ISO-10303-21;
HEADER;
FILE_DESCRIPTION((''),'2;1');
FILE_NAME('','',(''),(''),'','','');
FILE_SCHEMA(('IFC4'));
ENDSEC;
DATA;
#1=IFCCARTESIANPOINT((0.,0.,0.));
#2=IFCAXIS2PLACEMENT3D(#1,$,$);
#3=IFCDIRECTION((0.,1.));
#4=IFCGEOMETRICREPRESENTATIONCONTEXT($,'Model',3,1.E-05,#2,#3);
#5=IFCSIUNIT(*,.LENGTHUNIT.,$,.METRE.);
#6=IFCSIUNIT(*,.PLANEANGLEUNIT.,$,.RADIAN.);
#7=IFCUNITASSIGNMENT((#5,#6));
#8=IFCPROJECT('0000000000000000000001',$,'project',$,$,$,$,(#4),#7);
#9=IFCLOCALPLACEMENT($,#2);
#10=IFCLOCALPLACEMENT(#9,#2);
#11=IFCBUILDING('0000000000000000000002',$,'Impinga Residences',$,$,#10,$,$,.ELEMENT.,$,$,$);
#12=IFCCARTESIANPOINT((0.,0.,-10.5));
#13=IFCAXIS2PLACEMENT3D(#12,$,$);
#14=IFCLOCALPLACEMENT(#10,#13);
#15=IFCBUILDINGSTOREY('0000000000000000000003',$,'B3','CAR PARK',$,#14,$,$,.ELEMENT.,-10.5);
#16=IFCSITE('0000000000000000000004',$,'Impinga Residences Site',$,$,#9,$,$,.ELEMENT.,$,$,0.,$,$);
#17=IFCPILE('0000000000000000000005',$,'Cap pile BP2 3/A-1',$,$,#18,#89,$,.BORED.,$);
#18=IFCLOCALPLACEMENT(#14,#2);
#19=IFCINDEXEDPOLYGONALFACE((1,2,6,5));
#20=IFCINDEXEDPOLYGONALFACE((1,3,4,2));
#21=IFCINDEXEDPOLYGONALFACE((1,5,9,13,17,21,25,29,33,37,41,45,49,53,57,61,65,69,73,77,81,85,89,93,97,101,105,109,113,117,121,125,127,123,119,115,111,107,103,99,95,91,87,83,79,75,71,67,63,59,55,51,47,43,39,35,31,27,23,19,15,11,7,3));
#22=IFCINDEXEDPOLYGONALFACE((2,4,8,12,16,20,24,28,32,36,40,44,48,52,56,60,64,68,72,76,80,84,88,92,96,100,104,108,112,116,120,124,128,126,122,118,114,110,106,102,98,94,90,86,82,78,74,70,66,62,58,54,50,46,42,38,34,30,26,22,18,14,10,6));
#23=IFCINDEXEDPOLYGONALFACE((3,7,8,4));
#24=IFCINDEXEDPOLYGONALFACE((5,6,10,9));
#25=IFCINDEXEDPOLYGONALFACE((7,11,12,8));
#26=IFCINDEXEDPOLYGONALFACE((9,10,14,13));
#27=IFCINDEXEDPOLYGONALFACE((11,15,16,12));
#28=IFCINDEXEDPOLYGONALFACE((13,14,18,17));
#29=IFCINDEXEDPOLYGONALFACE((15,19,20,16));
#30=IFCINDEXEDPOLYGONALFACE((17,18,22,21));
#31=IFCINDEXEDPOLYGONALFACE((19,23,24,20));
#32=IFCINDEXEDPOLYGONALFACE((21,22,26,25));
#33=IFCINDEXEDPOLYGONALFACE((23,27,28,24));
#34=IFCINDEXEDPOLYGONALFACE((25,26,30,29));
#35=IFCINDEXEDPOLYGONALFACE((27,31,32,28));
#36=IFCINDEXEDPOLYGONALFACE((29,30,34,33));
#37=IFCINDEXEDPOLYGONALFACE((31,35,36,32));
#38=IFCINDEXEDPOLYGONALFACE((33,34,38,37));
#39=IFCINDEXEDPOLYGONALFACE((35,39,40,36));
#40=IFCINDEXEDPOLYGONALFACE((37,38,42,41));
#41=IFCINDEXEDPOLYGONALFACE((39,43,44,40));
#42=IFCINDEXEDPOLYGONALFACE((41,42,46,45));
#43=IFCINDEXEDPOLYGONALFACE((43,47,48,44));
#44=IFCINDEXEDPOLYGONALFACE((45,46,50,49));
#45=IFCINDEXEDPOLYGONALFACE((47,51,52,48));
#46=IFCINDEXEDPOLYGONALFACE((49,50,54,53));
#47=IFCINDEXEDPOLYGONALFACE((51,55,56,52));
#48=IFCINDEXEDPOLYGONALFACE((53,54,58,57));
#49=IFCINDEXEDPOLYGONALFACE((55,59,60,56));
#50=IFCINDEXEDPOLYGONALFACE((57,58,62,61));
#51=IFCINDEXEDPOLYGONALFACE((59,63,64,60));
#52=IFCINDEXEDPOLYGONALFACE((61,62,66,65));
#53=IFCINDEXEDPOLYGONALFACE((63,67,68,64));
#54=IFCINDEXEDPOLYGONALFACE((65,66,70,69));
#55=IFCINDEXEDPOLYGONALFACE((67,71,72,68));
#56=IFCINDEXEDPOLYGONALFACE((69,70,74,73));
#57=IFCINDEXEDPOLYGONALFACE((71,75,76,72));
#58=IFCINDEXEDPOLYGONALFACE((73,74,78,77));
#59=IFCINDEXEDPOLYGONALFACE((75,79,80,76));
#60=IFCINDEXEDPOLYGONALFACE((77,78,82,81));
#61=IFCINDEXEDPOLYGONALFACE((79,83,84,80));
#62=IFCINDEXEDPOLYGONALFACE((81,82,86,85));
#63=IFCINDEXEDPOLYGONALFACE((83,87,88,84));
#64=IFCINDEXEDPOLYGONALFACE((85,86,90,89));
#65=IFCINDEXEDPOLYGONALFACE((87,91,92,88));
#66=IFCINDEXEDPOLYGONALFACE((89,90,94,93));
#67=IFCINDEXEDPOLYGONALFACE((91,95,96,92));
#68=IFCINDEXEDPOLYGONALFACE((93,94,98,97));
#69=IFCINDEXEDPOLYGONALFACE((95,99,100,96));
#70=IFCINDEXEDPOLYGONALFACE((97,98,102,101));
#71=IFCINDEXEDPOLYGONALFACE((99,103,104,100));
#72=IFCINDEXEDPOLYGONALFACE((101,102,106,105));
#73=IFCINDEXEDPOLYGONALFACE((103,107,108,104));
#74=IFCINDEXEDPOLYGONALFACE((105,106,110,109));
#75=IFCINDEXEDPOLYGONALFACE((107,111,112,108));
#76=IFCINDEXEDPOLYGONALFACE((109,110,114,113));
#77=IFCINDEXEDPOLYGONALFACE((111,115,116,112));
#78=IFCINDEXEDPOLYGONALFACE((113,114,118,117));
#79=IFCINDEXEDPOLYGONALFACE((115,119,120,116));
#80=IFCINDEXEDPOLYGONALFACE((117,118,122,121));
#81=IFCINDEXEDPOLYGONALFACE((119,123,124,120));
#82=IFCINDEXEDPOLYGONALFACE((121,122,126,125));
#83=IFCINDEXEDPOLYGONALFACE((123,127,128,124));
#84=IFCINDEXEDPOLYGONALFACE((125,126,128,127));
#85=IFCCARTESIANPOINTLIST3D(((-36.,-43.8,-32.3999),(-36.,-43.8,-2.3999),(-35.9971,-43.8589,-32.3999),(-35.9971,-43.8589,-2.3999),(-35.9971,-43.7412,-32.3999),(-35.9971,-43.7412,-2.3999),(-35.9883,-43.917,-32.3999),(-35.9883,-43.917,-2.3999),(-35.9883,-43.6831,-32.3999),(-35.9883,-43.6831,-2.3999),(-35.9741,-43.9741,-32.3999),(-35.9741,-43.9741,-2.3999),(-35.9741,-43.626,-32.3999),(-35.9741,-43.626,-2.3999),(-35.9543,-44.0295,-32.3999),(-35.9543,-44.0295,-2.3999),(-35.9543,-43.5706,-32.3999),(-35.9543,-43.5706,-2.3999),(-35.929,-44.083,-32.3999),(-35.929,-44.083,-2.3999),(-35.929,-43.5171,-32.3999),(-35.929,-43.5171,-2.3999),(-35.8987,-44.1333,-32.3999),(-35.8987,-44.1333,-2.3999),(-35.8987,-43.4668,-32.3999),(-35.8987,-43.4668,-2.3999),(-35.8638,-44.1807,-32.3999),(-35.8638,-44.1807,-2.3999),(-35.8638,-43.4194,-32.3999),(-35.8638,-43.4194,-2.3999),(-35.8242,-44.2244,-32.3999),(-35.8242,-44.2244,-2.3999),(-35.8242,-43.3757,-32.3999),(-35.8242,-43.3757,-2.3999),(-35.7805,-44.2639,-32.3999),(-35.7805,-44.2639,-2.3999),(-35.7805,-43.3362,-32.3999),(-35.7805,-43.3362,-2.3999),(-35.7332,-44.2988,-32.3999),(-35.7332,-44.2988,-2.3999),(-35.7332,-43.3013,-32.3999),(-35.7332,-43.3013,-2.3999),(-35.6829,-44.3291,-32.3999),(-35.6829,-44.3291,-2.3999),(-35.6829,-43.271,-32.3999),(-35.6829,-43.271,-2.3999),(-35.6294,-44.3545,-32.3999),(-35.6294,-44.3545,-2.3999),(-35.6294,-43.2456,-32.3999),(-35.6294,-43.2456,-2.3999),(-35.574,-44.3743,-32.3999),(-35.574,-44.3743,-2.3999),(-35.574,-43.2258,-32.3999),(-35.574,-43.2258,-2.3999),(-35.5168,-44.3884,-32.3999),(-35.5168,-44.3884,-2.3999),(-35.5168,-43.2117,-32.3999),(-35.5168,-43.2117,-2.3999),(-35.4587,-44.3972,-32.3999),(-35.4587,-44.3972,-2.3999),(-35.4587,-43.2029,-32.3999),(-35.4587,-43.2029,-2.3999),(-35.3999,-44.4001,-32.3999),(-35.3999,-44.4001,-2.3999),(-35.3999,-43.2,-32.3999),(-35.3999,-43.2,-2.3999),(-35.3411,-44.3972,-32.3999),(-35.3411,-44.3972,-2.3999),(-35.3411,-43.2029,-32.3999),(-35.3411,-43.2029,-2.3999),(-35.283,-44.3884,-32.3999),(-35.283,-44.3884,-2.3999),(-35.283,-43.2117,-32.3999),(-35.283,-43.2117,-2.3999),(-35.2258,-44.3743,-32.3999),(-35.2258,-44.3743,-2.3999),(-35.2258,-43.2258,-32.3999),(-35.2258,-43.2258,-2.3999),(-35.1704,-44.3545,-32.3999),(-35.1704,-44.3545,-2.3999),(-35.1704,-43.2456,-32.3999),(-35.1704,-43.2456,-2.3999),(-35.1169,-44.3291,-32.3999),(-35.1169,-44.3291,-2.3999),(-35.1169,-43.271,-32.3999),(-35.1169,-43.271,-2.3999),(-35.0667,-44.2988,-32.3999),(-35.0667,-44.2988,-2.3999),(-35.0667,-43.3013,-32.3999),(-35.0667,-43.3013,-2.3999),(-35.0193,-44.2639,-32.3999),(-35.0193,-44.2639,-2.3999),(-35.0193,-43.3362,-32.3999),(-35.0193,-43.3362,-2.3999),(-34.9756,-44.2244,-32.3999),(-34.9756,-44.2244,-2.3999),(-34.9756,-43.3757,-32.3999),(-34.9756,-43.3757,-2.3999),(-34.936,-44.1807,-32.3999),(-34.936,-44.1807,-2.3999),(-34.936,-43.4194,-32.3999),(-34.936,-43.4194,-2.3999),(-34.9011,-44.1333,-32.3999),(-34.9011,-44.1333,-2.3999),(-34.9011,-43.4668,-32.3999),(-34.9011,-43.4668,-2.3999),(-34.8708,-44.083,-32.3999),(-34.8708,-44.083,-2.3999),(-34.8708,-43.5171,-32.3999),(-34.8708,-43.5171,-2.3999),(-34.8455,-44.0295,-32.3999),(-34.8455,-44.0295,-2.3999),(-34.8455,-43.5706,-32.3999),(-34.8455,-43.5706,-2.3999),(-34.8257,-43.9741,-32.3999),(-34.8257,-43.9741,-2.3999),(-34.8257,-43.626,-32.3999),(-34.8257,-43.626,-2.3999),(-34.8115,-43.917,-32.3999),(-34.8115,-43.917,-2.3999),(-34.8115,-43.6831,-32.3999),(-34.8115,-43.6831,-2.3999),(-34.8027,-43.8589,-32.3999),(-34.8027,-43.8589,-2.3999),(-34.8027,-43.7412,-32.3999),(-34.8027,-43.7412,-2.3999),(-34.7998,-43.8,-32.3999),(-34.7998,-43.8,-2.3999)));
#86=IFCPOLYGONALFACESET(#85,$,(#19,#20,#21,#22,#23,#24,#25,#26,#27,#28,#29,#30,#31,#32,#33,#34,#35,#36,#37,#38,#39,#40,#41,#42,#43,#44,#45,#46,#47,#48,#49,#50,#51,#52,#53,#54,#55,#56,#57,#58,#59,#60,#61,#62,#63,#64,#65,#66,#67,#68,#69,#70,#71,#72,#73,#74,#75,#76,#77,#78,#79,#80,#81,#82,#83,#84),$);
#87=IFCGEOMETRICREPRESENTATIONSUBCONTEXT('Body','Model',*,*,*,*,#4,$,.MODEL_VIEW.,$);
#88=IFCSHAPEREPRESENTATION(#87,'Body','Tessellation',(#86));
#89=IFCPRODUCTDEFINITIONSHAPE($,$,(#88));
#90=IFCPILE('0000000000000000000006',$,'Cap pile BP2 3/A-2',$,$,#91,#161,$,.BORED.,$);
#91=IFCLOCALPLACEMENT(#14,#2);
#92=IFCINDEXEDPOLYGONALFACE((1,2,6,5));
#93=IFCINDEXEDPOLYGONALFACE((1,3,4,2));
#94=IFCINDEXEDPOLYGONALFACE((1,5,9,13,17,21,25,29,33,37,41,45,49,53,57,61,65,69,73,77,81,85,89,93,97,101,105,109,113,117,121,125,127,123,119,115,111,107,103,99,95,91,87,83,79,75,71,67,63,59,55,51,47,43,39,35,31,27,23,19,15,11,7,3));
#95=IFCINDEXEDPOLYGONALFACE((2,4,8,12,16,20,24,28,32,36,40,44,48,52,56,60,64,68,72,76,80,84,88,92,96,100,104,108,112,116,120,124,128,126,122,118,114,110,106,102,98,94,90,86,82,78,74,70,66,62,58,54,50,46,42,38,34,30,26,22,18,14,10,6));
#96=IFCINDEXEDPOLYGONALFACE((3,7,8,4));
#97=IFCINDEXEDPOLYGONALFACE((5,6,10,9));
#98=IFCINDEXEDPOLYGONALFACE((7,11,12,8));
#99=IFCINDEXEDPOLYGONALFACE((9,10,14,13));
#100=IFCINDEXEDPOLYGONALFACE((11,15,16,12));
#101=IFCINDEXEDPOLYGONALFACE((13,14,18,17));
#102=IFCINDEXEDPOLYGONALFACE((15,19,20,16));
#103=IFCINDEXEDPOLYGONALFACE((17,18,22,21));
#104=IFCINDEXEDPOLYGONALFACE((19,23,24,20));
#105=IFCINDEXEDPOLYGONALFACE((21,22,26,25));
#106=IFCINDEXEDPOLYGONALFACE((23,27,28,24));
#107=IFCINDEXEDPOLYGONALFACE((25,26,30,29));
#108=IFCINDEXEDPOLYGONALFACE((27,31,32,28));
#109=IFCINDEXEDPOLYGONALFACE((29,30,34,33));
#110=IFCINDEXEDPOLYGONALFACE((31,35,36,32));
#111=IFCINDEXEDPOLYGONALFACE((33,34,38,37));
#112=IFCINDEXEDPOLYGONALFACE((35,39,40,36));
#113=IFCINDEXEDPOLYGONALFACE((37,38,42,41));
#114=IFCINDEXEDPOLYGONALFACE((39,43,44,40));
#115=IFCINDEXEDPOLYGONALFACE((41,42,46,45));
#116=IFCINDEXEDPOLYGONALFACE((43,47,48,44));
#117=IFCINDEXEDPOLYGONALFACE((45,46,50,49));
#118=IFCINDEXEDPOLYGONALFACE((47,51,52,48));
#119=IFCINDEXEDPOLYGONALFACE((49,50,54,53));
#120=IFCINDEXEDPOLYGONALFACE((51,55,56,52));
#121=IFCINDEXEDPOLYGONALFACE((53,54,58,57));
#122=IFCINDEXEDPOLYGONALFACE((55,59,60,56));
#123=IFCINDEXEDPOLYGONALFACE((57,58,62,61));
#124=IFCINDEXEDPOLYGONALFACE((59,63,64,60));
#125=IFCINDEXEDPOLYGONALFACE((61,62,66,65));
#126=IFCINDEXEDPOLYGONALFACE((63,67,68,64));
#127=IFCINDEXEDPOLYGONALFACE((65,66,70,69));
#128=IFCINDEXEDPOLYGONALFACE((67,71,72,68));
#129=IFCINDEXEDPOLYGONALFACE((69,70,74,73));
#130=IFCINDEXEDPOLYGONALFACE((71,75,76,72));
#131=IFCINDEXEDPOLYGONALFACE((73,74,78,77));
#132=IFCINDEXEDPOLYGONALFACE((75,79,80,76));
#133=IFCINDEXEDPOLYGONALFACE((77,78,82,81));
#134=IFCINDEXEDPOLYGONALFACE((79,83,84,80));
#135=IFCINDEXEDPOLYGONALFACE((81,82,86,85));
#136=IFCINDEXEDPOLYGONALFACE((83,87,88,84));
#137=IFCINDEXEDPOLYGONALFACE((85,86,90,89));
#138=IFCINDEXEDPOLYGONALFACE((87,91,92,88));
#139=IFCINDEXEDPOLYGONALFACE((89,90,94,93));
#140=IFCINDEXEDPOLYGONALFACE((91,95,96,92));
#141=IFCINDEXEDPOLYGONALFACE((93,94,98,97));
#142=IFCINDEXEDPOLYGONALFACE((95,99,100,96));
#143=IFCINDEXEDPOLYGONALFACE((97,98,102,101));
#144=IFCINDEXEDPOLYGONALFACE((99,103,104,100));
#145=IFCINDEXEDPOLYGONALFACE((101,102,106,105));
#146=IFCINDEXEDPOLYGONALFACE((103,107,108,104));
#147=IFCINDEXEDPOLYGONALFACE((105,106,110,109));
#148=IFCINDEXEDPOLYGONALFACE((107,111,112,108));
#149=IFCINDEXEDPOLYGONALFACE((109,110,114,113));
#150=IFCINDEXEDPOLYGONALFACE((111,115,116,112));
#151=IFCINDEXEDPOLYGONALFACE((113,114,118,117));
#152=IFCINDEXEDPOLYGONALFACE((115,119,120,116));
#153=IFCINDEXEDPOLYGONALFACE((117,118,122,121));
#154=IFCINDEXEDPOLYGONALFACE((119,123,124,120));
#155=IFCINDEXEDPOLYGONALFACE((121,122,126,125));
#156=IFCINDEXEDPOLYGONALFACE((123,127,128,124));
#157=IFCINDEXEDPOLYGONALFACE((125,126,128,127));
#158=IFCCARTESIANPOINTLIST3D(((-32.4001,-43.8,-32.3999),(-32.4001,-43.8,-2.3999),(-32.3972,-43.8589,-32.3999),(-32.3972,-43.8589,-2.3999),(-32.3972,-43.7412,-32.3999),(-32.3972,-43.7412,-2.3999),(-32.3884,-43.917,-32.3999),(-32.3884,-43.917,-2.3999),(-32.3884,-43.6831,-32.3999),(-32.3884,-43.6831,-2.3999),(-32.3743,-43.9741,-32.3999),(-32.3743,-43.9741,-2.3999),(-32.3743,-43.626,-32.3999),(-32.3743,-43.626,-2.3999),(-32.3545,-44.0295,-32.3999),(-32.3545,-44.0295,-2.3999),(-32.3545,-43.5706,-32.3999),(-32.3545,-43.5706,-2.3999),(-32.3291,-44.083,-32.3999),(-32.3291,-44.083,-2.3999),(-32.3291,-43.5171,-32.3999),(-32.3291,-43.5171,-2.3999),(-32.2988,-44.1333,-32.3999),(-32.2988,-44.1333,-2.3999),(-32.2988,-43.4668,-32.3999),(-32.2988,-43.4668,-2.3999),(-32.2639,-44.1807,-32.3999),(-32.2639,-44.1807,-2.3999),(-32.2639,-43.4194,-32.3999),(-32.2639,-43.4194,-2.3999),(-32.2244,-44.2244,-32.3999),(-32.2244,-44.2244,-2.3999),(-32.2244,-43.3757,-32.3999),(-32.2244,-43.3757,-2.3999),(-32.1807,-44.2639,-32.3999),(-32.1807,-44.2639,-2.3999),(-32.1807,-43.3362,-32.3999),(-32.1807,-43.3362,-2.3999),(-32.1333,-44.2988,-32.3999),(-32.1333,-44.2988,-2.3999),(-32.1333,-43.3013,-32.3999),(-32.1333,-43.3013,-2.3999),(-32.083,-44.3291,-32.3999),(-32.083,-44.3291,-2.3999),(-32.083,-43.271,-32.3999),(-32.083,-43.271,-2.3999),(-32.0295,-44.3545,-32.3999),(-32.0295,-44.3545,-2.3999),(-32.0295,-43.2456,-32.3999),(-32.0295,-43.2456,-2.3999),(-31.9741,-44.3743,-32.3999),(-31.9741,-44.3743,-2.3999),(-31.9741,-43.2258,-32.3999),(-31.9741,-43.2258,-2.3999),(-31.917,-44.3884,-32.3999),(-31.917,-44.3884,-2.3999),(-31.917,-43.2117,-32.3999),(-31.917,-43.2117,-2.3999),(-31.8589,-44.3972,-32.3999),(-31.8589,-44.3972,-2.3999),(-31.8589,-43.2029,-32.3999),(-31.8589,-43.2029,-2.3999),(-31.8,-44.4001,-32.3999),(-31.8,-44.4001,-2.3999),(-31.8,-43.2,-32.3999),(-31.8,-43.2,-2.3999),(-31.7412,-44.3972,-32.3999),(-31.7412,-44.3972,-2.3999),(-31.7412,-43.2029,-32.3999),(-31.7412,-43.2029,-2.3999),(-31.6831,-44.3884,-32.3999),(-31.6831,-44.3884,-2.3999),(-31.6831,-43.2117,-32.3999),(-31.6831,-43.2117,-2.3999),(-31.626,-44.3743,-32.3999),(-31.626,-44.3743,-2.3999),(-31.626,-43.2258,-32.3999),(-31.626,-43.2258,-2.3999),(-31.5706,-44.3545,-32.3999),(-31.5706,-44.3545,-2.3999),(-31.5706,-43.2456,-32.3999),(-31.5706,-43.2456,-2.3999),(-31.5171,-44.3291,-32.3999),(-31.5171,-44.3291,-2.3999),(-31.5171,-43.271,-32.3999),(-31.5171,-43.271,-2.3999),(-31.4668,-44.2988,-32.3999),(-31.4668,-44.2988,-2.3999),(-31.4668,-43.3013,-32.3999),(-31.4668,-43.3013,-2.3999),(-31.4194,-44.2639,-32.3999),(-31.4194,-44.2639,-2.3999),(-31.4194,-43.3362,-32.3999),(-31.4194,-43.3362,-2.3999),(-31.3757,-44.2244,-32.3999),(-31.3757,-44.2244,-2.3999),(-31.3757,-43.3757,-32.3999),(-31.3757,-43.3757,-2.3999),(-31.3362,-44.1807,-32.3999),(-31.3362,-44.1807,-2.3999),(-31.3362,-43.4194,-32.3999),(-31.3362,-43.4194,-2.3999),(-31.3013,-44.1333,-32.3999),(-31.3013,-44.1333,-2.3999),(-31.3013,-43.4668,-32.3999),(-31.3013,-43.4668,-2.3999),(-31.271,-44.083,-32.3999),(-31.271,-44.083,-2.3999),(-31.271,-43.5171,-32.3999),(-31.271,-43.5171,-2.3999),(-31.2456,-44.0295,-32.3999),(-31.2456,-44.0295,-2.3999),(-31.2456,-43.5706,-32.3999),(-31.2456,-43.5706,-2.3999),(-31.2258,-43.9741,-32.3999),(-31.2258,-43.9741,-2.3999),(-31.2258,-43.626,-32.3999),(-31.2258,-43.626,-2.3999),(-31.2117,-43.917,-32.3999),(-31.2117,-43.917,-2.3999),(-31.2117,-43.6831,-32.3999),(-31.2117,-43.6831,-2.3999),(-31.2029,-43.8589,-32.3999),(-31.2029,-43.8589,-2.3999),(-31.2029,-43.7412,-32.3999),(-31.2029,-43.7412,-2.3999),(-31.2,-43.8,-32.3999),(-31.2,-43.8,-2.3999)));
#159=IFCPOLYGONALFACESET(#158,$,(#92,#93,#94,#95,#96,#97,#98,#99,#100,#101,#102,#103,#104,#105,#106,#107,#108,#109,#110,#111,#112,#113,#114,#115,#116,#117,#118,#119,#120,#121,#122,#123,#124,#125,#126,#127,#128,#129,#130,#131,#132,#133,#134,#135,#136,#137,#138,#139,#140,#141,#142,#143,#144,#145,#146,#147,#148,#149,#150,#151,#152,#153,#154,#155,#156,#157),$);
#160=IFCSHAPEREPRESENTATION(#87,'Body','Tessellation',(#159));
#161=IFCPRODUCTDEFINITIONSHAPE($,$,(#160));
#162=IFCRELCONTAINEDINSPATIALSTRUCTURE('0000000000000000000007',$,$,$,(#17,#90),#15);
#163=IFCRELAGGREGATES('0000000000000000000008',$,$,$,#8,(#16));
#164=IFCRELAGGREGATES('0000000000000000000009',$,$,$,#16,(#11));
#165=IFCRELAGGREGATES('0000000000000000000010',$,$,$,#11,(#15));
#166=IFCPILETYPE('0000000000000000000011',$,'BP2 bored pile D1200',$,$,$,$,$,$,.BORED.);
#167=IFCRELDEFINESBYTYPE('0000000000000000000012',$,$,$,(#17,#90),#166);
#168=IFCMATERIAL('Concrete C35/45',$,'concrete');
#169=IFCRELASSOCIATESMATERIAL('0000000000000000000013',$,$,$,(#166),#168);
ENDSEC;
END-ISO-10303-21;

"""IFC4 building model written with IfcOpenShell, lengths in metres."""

from ifc_helpers import new_model, si_unit, direction, frame, origin, origin_2d, place, context, subcontext, project, spatial, polyline, circle, outline, extrude, material, material_profile, profile_set, type_object, element, save


model = new_model("IFC4")

# Units and contexts
model_context = context("Model", 3, precision=1e-05, world=origin(), true_north=direction((0.0, 1.0)))
body_context = subcontext(model_context, "Body", "Model", "MODEL_VIEW")
ifc_project = project(units=[si_unit("LENGTHUNIT", "METRE"), si_unit("PLANEANGLEUNIT", "RADIAN")], contexts=[model_context])

# Site, building, storey
site_placement = place(None, origin())
site = spatial("IfcSite", under=ifc_project, at=site_placement, Name="Impinga Residences Site", CompositionType="ELEMENT", RefElevation=0.0)
building_placement = place(site_placement, origin())
building = spatial("IfcBuilding", under=site, at=building_placement, Name="Impinga Residences", CompositionType="ELEMENT")
storey_placement = place(building_placement, frame((0.0, 0.0, -10.5)))
storey = spatial("IfcBuildingStorey", under=building, at=storey_placement, Name="B3", Description="CAR PARK", CompositionType="ELEMENT", Elevation=-10.5)

# Piles
ifc_material_1 = material(Name="Concrete C35/45", Category="concrete")
ifc_material_profile_1 = material_profile(ifc_material_1, circle(Radius=0.6001, at=origin_2d()), Name="D1200")
ifc_profile_set_1 = profile_set([ifc_material_profile_1], Name="Concrete C35/45")
pile_type_1 = type_object("IfcPileType", Name="BP2 bored pile D1200", PredefinedType="BORED", material=ifc_profile_set_1)
pile_1_placement = place(storey_placement, frame((-35.3999, -43.8, -2.3999), z_axis=(0.0, 0.0, -1.0), x_axis=(1.0, 0.0, 0.0)))
element("IfcPile", 1, at=pile_1_placement, inside=storey, type_object=pile_type_1, Name="Cap pile BP2 3/A-1", PredefinedType="BORED", context=body_context, shape_type="SweptSolid", body=[
    extrude(outline(polyline([(0.6001, 0.0), (0.5972, 0.0588), (0.5884, 0.1169), (0.5742, 0.1741), (0.5544, 0.2295), (0.5291, 0.283), (0.4988, 0.3333), (0.4639, 0.3806), (0.4243, 0.4243), (0.3806, 0.4639), (0.3333, 0.4988), (0.283, 0.5291), (0.2295, 0.5544), (0.1741, 0.5742), (0.1169, 0.5884), (0.0588, 0.5972), (0.0, 0.6001), (-0.0588, 0.5972), (-0.1169, 0.5884), (-0.1741, 0.5742), (-0.2295, 0.5544), (-0.283, 0.5291), (-0.3333, 0.4988), (-0.3806, 0.4639), (-0.4243, 0.4243), (-0.4639, 0.3806), (-0.4988, 0.3333), (-0.5291, 0.283), (-0.5544, 0.2295), (-0.5742, 0.1741), (-0.5884, 0.1169), (-0.5972, 0.0588), (-0.6001, 0.0), (-0.5972, -0.0588), (-0.5884, -0.1169), (-0.5742, -0.1741), (-0.5544, -0.2295), (-0.5291, -0.283), (-0.4988, -0.3333), (-0.4639, -0.3806), (-0.4243, -0.4243), (-0.3806, -0.4639), (-0.3333, -0.4988), (-0.283, -0.5291), (-0.2295, -0.5544), (-0.1741, -0.5742), (-0.1169, -0.5884), (-0.0588, -0.5972), (0.0, -0.6001), (0.0588, -0.5972), (0.1169, -0.5884), (0.1741, -0.5742), (0.2295, -0.5544), (0.283, -0.5291), (0.3333, -0.4988), (0.3806, -0.4639), (0.4243, -0.4243), (0.4639, -0.3806), (0.4988, -0.3333), (0.5291, -0.283), (0.5544, -0.2295), (0.5742, -0.1741), (0.5884, -0.1169), (0.5972, -0.0588), (0.6001, 0.0)])), origin(), (0.0, 0.0, 1.0), 30.0),
])
pile_2_placement = place(storey_placement, frame((-31.8, -43.8, -2.3999), z_axis=(0.0, 0.0, -1.0), x_axis=(1.0, 0.0, 0.0)))
element("IfcPile", 2, at=pile_2_placement, inside=storey, type_object=pile_type_1, Name="Cap pile BP2 3/A-2", PredefinedType="BORED", context=body_context, shape_type="SweptSolid", body=[
    extrude(outline(polyline([(0.6001, 0.0), (0.5972, 0.0588), (0.5884, 0.1169), (0.5742, 0.1741), (0.5544, 0.2295), (0.5291, 0.283), (0.4988, 0.3333), (0.4639, 0.3806), (0.4243, 0.4243), (0.3806, 0.4639), (0.3333, 0.4988), (0.283, 0.5291), (0.2295, 0.5544), (0.1741, 0.5742), (0.1169, 0.5884), (0.0588, 0.5972), (0.0, 0.6001), (-0.0588, 0.5972), (-0.1169, 0.5884), (-0.1741, 0.5742), (-0.2295, 0.5544), (-0.283, 0.5291), (-0.3333, 0.4988), (-0.3806, 0.4639), (-0.4243, 0.4243), (-0.4639, 0.3806), (-0.4988, 0.3333), (-0.5291, 0.283), (-0.5544, 0.2295), (-0.5742, 0.1741), (-0.5884, 0.1169), (-0.5972, 0.0588), (-0.6001, 0.0), (-0.5972, -0.0588), (-0.5884, -0.1169), (-0.5742, -0.1741), (-0.5544, -0.2295), (-0.5291, -0.283), (-0.4988, -0.3333), (-0.4639, -0.3806), (-0.4243, -0.4243), (-0.3806, -0.4639), (-0.3333, -0.4988), (-0.283, -0.5291), (-0.2295, -0.5544), (-0.1741, -0.5742), (-0.1169, -0.5884), (-0.0588, -0.5972), (0.0, -0.6001), (0.0588, -0.5972), (0.1169, -0.5884), (0.1741, -0.5742), (0.2295, -0.5544), (0.283, -0.5291), (0.3333, -0.4988), (0.3806, -0.4639), (0.4243, -0.4243), (0.4639, -0.3806), (0.4988, -0.3333), (0.5291, -0.283), (0.5544, -0.2295), (0.5742, -0.1741), (0.5884, -0.1169), (0.5972, -0.0588), (0.6001, 0.0)])), origin(), (0.0, 0.0, 1.0), 30.0),
])

save(model, "model.ifc")
